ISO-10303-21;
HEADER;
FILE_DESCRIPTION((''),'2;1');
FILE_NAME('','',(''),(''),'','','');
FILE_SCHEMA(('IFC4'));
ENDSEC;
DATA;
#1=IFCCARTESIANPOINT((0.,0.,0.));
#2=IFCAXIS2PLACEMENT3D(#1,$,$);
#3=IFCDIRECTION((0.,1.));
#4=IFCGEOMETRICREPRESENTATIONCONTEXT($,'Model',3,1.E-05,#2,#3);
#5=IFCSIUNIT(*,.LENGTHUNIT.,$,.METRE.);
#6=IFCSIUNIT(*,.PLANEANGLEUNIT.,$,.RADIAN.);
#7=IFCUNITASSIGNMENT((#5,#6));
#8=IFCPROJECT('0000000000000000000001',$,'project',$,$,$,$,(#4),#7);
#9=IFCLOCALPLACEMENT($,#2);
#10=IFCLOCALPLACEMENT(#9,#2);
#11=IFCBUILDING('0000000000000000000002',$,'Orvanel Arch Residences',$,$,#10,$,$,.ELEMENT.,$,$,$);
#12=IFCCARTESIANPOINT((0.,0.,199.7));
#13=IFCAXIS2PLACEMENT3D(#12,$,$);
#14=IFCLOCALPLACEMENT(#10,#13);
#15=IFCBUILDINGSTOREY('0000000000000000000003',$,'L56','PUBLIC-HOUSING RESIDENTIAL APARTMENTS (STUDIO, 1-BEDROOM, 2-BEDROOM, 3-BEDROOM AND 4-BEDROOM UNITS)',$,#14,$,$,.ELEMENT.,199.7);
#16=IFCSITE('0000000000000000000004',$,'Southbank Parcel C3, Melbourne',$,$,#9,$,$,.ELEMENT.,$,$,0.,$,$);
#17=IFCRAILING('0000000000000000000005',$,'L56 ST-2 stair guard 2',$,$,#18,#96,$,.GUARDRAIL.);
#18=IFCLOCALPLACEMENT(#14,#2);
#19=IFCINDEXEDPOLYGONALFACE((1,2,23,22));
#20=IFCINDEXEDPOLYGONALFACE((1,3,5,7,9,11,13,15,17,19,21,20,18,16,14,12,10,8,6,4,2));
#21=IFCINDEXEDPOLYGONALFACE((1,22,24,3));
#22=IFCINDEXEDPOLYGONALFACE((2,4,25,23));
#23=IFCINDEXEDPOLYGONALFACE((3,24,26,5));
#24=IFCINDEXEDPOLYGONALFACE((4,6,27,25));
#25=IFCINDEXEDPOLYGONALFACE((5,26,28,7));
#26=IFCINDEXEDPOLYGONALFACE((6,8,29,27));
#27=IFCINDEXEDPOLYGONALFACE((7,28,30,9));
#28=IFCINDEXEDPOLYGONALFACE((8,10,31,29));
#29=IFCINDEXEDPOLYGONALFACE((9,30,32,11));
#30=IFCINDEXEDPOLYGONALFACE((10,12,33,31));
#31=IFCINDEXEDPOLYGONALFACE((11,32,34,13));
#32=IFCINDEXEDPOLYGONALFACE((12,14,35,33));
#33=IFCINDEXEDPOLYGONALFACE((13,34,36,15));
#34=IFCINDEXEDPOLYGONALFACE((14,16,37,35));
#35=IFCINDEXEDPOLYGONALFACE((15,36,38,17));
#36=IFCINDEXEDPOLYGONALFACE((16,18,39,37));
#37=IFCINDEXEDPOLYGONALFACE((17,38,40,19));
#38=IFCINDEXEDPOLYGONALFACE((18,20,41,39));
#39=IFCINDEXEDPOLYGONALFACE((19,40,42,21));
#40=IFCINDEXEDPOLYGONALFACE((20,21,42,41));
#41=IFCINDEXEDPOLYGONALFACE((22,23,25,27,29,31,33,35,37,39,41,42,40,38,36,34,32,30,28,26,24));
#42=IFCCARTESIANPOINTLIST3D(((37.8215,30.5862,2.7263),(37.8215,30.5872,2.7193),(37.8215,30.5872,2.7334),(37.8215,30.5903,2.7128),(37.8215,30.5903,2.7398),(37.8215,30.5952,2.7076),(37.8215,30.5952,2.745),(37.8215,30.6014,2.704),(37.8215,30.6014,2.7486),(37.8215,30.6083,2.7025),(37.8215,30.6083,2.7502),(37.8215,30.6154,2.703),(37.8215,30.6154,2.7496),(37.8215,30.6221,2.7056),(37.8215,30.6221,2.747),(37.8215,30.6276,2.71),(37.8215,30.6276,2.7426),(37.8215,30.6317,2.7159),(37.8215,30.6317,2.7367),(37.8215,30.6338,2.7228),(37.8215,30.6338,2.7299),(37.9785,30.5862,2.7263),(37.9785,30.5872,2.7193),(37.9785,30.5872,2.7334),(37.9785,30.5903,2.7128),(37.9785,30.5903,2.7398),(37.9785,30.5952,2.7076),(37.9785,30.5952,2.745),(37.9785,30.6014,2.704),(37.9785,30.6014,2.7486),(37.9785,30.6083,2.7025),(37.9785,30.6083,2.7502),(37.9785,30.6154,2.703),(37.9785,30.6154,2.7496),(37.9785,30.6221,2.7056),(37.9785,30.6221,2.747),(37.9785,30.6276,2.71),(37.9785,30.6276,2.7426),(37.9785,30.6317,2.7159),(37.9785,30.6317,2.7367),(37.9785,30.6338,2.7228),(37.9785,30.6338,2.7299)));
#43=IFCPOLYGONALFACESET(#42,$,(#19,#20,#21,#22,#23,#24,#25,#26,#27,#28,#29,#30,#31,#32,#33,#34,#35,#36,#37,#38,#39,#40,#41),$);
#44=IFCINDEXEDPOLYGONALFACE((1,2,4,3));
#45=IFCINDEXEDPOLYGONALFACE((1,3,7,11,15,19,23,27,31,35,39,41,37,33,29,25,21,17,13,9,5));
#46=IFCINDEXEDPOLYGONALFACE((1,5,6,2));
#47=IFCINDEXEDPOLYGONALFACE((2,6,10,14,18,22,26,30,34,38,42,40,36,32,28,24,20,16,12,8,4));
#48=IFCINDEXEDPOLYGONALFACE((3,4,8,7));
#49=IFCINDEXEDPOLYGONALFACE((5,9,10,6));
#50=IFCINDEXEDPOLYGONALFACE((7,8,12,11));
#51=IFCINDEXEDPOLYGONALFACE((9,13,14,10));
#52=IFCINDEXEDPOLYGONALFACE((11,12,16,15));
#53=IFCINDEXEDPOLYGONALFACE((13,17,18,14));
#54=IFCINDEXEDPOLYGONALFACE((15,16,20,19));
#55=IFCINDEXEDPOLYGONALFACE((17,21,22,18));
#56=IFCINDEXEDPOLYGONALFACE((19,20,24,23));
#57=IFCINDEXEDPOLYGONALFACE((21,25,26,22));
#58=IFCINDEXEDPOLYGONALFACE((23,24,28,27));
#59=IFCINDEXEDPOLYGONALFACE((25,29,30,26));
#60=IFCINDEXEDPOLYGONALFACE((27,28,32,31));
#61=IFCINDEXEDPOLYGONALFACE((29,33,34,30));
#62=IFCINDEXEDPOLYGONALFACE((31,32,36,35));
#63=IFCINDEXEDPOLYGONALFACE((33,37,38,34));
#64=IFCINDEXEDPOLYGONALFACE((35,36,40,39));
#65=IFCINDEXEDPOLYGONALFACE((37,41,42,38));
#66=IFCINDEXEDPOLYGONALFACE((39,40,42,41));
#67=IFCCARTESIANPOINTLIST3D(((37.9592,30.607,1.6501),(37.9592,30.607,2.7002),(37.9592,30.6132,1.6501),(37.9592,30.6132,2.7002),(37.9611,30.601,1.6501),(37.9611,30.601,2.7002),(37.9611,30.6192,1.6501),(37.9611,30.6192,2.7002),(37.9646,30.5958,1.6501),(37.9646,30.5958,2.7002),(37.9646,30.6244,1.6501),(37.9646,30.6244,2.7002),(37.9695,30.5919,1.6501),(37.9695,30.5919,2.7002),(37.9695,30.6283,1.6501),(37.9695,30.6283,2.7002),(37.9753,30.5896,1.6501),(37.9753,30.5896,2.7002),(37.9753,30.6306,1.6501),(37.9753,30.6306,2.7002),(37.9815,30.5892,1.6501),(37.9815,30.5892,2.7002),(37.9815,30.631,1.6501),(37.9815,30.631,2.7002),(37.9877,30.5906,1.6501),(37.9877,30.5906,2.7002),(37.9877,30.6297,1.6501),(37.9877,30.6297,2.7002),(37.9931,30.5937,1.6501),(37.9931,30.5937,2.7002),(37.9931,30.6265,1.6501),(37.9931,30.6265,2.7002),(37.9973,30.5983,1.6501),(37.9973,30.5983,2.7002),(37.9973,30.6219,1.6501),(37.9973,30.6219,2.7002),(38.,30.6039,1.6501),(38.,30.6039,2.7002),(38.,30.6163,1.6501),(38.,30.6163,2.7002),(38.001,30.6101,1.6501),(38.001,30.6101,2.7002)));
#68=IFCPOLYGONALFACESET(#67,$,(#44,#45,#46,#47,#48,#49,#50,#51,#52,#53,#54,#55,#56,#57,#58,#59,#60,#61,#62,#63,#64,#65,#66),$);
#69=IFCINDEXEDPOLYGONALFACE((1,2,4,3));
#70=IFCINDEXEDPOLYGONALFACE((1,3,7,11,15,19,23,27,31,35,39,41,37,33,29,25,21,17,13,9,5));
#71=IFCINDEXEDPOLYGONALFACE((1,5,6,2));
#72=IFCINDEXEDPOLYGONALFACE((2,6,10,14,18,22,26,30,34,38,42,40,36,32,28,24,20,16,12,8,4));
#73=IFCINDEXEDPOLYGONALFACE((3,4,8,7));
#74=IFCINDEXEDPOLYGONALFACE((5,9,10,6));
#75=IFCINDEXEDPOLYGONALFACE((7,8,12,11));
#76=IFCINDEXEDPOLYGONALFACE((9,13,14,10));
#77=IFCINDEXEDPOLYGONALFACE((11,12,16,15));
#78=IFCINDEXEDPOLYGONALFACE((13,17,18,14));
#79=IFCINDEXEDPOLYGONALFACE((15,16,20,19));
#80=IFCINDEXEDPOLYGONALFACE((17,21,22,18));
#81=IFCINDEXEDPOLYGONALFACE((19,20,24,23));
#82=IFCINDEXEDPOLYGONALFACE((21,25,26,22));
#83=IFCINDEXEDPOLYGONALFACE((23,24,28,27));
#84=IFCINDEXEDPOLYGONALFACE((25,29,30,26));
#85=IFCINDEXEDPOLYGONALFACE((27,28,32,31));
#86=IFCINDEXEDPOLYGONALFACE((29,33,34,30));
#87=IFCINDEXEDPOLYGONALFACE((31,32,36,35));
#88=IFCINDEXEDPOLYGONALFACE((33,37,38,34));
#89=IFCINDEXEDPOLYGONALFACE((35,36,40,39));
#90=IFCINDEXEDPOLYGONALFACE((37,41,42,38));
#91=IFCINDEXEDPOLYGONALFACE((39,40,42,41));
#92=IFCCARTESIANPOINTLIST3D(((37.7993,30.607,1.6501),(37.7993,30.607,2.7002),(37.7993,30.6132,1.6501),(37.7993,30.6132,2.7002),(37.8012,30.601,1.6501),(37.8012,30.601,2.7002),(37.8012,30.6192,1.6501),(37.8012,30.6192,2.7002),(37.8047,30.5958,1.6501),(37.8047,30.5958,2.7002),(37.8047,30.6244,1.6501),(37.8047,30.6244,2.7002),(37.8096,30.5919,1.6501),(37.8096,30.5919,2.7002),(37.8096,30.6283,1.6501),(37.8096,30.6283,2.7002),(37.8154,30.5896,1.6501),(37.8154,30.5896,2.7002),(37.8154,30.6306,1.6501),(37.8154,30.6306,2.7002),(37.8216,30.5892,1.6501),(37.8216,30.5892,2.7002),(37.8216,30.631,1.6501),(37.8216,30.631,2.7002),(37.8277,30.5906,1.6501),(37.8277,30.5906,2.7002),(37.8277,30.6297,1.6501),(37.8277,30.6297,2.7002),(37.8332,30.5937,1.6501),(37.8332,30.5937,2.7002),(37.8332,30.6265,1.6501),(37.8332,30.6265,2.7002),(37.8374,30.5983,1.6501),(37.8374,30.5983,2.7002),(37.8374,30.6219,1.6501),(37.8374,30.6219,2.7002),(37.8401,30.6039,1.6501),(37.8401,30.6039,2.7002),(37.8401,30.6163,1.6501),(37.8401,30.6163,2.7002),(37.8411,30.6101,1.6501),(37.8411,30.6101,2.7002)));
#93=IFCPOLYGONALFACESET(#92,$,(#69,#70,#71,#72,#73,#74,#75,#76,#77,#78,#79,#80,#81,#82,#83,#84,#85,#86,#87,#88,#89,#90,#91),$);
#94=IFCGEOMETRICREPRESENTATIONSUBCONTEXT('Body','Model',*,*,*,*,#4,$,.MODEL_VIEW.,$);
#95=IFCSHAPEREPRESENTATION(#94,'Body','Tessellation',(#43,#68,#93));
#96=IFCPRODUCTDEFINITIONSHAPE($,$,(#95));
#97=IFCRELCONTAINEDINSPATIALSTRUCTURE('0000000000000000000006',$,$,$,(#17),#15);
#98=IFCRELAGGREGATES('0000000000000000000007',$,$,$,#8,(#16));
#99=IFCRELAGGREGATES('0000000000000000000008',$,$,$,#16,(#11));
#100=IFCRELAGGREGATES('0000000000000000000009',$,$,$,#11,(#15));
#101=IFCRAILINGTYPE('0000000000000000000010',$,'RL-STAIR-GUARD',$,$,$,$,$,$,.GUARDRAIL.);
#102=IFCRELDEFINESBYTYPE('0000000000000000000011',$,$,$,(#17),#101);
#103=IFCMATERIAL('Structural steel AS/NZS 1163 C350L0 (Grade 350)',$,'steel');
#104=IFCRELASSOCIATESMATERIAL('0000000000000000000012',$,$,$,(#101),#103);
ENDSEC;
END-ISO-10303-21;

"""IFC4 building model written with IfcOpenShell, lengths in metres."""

from ifc_helpers import new_model, si_unit, direction, frame, origin, origin_2d, place, context, subcontext, project, spatial, circle, extrude, material, type_object, element, save


model = new_model("IFC4")

# Units and contexts
model_context = context("Model", 3, precision=1e-05, world=origin(), true_north=direction((0.0, 1.0)))
body_context = subcontext(model_context, "Body", "Model", "MODEL_VIEW")
ifc_project = project(units=[si_unit("LENGTHUNIT", "METRE"), si_unit("PLANEANGLEUNIT", "RADIAN")], contexts=[model_context])

# Site, building, storey
site_placement = place(None, origin())
site = spatial("IfcSite", under=ifc_project, at=site_placement, Name="Southbank Parcel C3, Melbourne", CompositionType="ELEMENT", RefElevation=0.0)
building_placement = place(site_placement, origin())
building = spatial("IfcBuilding", under=site, at=building_placement, Name="Orvanel Arch Residences", CompositionType="ELEMENT")
storey_placement = place(building_placement, frame((0.0, 0.0, 199.7)))
storey = spatial("IfcBuildingStorey", under=building, at=storey_placement, Name="L56", Description="PUBLIC-HOUSING RESIDENTIAL APARTMENTS (STUDIO, 1-BEDROOM, 2-BEDROOM, 3-BEDROOM AND 4-BEDROOM UNITS)", CompositionType="ELEMENT", Elevation=199.7)

# Railing
ifc_material_1 = material(Name="Structural steel AS/NZS 1163 C350L0 (Grade 350)", Category="steel")
railing_type_1 = type_object("IfcRailingType", Name="RL-STAIR-GUARD", PredefinedType="GUARDRAIL", material=ifc_material_1)
railing_1_placement = place(storey_placement, frame((37.98, 30.6101, 1.6501)))
element("IfcRailing", 1, at=railing_1_placement, inside=storey, type_object=railing_type_1, Name="L56 ST-2 stair guard 2", PredefinedType="GUARDRAIL", context=body_context, shape_type="SweptSolid", body=[
    extrude(circle(Radius=0.0239, at=origin_2d()), frame((-0.0015, 0.0, 1.0762), z_axis=(-1.0, 0.0, 0.0), x_axis=(0.0, -1.0, 0.0)), (0.0, 0.0, 1.0), 0.157),
    extrude(circle(Radius=0.021, at=origin_2d()), origin(), (0.0, 0.0, 1.0), 1.05),
    extrude(circle(Radius=0.021, at=origin_2d()), frame((-0.1599, 0.0, 0.0)), (0.0, 0.0, 1.0), 1.05),
])

save(model, "model.ifc")
